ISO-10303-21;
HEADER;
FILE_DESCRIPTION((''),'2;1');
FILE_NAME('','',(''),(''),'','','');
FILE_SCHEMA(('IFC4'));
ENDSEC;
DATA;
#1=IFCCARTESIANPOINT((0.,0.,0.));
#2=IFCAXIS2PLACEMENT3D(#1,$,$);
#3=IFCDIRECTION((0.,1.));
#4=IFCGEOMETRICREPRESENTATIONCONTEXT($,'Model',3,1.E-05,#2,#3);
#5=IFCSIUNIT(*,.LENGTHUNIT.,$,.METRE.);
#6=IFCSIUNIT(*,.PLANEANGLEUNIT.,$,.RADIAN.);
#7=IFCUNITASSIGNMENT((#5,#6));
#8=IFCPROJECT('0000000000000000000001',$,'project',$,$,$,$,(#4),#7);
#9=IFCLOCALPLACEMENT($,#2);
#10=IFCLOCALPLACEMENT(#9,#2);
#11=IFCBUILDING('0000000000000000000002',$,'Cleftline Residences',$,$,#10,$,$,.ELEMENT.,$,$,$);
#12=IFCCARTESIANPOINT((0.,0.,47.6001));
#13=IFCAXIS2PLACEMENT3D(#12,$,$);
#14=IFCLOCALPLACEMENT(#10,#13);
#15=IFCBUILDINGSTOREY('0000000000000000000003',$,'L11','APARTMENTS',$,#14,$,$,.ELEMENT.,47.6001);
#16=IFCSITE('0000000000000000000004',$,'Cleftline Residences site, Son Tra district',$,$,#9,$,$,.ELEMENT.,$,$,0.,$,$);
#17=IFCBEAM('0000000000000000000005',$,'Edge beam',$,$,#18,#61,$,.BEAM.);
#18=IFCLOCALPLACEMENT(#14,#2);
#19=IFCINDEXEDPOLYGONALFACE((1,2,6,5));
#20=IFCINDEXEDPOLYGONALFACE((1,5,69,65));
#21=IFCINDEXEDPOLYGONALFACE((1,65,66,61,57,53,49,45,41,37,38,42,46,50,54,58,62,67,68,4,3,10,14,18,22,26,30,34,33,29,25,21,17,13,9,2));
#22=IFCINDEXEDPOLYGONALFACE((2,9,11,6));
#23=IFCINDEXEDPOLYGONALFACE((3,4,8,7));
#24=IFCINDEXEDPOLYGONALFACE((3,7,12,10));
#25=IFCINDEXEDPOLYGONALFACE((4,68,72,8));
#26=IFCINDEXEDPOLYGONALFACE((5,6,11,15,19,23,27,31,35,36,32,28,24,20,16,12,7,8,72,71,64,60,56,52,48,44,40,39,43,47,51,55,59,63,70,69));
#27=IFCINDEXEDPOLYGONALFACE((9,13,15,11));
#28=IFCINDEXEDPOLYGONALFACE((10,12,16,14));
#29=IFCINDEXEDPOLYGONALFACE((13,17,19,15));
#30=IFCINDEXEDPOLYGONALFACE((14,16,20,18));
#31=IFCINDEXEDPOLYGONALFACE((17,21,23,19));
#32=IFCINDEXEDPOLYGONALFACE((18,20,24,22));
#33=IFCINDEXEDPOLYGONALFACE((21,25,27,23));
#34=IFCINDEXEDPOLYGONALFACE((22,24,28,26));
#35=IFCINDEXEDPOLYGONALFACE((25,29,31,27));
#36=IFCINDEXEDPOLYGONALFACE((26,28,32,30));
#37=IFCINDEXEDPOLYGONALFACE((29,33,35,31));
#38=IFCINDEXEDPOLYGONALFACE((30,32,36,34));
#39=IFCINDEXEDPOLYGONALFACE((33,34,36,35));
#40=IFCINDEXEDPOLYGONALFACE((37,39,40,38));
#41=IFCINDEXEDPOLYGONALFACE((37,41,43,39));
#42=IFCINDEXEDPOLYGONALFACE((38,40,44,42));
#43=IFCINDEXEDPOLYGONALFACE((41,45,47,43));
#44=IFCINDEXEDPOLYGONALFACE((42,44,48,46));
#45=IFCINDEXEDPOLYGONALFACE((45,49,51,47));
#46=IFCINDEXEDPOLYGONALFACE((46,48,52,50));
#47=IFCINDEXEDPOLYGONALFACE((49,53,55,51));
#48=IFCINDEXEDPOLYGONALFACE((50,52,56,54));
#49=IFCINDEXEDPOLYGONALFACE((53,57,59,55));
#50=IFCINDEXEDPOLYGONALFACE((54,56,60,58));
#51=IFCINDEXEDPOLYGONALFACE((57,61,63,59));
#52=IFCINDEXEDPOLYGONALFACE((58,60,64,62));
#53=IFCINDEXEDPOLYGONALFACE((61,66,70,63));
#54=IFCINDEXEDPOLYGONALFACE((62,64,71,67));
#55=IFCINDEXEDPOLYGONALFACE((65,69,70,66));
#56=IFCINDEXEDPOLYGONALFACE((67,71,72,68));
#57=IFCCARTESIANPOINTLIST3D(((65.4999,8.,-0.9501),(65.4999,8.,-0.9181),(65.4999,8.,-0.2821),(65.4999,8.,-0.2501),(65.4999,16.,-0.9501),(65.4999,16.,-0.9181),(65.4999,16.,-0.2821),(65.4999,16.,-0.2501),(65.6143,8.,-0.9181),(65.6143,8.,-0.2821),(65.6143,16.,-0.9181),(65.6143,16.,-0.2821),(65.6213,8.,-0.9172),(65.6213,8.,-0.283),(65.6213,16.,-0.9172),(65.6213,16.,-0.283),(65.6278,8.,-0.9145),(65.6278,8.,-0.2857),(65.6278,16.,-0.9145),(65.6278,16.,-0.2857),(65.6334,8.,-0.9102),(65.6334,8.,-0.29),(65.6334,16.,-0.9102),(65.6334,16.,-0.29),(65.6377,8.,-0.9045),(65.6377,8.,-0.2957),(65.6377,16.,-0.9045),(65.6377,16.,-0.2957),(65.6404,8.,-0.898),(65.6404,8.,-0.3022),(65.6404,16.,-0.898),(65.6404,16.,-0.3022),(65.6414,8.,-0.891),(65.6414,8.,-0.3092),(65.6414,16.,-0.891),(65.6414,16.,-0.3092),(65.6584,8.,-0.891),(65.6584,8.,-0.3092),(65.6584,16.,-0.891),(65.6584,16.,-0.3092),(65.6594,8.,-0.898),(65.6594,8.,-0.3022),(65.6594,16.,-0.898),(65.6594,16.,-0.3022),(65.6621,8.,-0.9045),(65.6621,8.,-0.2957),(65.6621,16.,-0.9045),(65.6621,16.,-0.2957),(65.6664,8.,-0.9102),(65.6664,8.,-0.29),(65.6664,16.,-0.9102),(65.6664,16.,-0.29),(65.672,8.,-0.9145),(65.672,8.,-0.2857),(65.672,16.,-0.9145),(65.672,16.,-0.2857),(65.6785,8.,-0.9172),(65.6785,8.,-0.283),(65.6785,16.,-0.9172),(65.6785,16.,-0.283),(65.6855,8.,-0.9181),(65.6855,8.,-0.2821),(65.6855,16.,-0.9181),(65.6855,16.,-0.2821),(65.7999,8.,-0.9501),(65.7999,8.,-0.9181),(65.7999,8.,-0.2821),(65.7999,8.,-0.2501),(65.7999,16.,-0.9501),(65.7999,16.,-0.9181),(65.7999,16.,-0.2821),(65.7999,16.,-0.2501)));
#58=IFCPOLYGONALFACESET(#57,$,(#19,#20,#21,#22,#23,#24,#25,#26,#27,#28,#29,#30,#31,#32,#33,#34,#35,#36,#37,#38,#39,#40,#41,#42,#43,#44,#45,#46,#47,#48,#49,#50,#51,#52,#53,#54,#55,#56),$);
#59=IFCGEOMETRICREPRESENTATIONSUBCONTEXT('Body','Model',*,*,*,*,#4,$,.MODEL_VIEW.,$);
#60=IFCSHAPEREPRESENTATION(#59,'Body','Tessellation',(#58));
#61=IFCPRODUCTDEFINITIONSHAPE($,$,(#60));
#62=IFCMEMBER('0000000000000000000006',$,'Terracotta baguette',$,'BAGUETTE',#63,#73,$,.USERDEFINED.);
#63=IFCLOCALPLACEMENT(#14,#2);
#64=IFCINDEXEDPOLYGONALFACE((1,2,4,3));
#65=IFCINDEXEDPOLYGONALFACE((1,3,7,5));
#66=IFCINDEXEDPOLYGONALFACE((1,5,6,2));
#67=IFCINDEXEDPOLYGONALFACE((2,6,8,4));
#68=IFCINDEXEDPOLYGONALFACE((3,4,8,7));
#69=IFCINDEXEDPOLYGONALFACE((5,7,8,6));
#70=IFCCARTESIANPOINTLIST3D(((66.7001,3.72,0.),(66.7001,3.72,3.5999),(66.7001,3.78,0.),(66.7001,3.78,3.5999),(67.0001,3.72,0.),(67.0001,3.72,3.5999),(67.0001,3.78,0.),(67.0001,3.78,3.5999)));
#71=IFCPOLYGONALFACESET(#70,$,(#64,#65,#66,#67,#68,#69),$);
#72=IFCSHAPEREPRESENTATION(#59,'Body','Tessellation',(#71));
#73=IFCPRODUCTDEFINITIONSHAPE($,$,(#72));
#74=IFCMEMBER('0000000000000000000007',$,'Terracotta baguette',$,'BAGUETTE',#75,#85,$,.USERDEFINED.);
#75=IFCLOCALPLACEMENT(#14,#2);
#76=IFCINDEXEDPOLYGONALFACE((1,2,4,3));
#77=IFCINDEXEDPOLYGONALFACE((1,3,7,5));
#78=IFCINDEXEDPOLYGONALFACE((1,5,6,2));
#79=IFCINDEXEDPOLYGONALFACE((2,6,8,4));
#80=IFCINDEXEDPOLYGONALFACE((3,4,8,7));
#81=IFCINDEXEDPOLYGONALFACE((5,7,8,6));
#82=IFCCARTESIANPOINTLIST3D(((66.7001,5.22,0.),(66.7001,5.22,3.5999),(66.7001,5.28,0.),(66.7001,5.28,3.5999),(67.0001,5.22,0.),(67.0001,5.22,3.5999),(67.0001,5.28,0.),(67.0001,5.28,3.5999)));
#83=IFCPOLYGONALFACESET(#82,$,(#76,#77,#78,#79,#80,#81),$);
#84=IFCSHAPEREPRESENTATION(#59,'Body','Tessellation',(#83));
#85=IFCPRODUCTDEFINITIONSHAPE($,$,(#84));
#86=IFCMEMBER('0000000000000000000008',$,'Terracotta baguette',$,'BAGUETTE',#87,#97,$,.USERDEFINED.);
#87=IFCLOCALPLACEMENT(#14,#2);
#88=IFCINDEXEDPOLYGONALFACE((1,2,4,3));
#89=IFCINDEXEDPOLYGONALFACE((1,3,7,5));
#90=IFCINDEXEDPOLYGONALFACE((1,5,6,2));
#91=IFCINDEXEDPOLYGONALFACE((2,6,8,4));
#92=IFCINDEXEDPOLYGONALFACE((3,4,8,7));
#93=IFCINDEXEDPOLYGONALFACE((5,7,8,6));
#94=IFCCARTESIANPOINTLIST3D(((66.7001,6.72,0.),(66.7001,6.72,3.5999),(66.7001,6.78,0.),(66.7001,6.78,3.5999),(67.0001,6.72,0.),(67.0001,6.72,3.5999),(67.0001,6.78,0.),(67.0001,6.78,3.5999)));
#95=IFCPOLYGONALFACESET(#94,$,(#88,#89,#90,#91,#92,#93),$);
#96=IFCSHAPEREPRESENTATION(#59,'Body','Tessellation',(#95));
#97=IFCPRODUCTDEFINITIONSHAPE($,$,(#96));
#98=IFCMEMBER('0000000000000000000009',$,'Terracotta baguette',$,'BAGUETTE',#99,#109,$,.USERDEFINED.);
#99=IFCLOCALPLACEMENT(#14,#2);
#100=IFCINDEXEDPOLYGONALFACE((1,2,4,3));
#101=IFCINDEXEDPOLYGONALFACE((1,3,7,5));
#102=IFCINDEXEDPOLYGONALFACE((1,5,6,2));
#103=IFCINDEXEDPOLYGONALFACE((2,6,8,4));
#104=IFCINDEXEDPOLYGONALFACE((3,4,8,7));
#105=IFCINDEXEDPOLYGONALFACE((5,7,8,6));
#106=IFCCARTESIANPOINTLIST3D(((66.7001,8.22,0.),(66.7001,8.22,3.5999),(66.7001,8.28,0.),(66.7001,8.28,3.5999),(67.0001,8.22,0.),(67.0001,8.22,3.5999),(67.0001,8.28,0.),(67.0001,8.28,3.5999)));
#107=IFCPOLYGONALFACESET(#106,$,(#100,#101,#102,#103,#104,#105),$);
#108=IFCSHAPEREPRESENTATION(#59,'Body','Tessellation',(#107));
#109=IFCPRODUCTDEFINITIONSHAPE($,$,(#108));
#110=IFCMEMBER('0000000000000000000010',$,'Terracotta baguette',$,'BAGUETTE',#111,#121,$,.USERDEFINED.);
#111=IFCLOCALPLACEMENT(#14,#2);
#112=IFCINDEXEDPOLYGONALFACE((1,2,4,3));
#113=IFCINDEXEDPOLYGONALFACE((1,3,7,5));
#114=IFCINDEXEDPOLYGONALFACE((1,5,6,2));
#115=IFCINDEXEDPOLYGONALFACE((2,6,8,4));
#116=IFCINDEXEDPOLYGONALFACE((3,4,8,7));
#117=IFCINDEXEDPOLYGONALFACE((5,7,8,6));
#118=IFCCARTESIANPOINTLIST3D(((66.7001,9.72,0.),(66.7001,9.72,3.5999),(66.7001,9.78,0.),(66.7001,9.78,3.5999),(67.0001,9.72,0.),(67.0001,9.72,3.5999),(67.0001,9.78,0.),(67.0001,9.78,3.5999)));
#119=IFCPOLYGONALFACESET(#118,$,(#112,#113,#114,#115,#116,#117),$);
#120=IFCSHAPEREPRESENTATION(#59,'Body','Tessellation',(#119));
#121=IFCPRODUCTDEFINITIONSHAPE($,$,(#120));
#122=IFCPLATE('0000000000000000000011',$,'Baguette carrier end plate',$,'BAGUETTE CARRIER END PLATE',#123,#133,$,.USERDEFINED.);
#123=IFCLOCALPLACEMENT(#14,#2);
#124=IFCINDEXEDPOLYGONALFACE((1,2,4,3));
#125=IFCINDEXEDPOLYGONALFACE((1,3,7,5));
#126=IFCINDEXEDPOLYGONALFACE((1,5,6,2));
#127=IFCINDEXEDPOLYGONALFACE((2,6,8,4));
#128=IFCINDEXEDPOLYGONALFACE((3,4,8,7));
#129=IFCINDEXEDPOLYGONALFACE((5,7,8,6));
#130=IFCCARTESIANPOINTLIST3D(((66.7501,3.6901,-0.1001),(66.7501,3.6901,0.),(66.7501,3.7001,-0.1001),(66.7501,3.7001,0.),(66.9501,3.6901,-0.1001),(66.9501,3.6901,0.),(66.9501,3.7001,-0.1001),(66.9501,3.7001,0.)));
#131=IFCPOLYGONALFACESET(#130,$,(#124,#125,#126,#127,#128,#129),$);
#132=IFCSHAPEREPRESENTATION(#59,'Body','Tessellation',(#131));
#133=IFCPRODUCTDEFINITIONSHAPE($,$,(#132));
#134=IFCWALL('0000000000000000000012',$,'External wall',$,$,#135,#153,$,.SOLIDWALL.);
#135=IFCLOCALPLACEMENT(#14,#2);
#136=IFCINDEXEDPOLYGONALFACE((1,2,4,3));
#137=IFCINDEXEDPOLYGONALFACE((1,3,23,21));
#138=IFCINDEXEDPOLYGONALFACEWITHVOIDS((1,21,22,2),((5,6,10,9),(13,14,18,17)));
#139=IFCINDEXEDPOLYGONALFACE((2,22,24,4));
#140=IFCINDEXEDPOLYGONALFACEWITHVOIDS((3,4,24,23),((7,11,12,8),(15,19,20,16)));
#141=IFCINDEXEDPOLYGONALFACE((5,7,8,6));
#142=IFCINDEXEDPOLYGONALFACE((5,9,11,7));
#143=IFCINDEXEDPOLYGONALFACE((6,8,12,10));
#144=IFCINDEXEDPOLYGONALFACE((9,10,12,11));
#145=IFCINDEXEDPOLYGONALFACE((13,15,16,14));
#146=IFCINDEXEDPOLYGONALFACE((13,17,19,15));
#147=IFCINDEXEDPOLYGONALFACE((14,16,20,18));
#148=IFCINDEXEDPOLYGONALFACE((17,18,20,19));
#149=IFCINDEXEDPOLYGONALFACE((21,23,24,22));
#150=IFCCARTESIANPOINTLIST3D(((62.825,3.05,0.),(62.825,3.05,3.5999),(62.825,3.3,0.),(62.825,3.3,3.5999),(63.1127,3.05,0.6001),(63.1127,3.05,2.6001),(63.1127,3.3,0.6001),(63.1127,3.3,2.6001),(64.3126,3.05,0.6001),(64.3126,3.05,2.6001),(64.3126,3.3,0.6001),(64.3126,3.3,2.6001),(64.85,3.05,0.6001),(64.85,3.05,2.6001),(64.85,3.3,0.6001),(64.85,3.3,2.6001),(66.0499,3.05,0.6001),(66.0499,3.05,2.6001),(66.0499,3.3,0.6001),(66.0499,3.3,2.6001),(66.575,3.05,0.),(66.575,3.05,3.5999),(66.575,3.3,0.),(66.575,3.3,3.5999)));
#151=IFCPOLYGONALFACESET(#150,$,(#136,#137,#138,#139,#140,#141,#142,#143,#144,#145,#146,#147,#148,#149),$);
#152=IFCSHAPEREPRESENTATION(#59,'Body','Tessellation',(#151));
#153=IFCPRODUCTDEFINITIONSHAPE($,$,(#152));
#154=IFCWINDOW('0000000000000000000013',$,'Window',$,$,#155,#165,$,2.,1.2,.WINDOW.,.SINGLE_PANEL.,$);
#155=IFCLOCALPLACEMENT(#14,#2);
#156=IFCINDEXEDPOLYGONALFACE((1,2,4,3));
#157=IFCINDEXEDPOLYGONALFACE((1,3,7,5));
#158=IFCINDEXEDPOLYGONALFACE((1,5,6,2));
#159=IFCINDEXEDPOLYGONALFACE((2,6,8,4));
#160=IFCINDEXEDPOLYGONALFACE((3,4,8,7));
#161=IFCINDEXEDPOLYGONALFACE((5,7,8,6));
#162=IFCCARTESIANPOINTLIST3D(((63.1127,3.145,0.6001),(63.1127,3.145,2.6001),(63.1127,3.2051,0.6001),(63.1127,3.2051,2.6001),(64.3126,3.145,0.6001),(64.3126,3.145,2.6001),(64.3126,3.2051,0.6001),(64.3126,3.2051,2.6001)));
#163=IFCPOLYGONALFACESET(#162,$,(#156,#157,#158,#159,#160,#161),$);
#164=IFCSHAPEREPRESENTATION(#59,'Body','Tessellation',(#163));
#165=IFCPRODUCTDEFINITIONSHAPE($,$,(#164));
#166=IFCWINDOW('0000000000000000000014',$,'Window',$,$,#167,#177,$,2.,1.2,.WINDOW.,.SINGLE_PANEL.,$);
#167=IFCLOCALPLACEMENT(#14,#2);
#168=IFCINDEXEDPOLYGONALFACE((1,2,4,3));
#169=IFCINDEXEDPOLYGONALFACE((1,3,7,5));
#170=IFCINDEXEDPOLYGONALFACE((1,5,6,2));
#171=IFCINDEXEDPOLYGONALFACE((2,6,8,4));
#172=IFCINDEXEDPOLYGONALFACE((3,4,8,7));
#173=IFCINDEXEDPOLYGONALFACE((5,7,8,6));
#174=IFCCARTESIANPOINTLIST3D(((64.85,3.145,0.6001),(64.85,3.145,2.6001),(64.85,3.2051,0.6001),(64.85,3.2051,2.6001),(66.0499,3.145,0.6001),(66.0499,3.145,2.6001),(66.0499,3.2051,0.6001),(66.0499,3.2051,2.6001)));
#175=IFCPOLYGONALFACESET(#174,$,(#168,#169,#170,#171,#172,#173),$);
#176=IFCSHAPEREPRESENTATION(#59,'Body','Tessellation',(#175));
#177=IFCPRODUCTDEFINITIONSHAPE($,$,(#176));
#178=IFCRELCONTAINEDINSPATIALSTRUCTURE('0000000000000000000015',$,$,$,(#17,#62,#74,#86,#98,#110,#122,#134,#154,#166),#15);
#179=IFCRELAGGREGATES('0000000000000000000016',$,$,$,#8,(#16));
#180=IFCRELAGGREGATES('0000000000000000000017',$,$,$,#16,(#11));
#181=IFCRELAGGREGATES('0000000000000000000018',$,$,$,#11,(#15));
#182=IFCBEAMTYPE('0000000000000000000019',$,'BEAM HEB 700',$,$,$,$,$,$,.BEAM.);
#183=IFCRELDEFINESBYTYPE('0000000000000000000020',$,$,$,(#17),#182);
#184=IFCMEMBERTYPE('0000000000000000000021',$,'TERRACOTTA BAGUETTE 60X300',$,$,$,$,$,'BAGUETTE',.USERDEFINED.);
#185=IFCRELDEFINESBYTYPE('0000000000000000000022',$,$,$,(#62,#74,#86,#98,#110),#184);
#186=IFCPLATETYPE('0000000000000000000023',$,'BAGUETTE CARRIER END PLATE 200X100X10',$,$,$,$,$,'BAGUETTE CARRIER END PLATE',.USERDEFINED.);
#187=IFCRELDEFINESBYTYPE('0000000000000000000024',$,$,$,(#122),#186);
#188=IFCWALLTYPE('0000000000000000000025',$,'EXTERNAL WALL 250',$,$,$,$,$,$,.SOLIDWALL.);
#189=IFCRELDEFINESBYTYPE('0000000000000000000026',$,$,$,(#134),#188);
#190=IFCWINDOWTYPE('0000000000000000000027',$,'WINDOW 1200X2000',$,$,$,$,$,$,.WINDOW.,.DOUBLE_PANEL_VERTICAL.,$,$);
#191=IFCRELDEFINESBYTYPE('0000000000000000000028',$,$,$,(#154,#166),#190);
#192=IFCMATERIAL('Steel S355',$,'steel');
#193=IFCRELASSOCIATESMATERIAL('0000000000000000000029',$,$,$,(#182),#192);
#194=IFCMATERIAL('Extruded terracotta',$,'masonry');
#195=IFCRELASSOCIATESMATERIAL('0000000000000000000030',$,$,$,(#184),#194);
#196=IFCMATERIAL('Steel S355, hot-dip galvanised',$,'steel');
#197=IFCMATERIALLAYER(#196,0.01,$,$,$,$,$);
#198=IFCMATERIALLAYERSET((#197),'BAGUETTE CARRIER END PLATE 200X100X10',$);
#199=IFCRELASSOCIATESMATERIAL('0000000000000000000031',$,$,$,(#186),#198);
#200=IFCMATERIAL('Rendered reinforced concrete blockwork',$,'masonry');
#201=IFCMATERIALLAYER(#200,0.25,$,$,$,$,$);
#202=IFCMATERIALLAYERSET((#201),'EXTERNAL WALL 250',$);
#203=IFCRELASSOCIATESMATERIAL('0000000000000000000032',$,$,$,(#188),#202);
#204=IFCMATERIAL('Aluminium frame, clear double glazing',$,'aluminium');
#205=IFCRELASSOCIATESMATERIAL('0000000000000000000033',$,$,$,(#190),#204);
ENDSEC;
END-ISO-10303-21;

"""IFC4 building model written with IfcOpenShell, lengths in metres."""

from ifc_helpers import new_model, si_unit, direction, frame, frame_2d, origin, origin_2d, place, context, subcontext, project, spatial, rectangle, i_section, extrude, material, layer, layer_set, material_profile, profile_set, type_object, element, fill, save


model = new_model("IFC4")

# Units and contexts
model_context = context("Model", 3, precision=1e-05, world=origin(), true_north=direction((0.0, 1.0)))
body_context = subcontext(model_context, "Body", "Model", "MODEL_VIEW")
ifc_project = project(units=[si_unit("LENGTHUNIT", "METRE"), si_unit("PLANEANGLEUNIT", "RADIAN")], contexts=[model_context])

# Site, building, storey
site_placement = place(None, origin())
site = spatial("IfcSite", under=ifc_project, at=site_placement, Name="Cleftline Residences site, Son Tra district", CompositionType="ELEMENT", RefElevation=0.0)
building_placement = place(site_placement, origin())
building = spatial("IfcBuilding", under=site, at=building_placement, Name="Cleftline Residences", CompositionType="ELEMENT")
storey_placement = place(building_placement, frame((0.0, 0.0, 47.6001)))
storey = spatial("IfcBuildingStorey", under=building, at=storey_placement, Name="L11", Description="APARTMENTS", CompositionType="ELEMENT", Elevation=47.6001)

# Beam
ifc_material_1 = material(Name="Steel S355", Category="steel")
ifc_material_profile_1 = material_profile(ifc_material_1, i_section(OverallWidth=0.3, OverallDepth=0.7, WebThickness=0.0171, FlangeThickness=0.032, FilletRadius=0.0271, at=origin_2d()))
ifc_profile_set_1 = profile_set([ifc_material_profile_1], Name="Steel S355")
beam_type = type_object("IfcBeamType", Name="BEAM HEB 700", PredefinedType="BEAM", material=ifc_profile_set_1)
beam_placement = place(storey_placement, frame((65.6499, 8.0, -0.6001), z_axis=(0.0, 1.0, 0.0), x_axis=(-1.0, 0.0, 0.0)))
element("IfcBeam", 1, at=beam_placement, inside=storey, type_object=beam_type, Name="Edge beam", PredefinedType="BEAM", context=body_context, shape_type="SweptSolid", body=[
    extrude(i_section(OverallWidth=0.3, OverallDepth=0.7, WebThickness=0.0171, FlangeThickness=0.032, FilletRadius=0.0271, at=origin_2d()), origin(), (0.0, 0.0, 1.0), 8.0),
])

# Members
ifc_material_2 = material(Name="Extruded terracotta", Category="masonry")
ifc_material_profile_2 = material_profile(ifc_material_2, rectangle(XDim=0.0601, YDim=0.3, at=origin_2d()))
ifc_profile_set_2 = profile_set([ifc_material_profile_2], Name="Extruded terracotta")
member_type_1 = type_object("IfcMemberType", Name="TERRACOTTA BAGUETTE 60X300", ElementType="BAGUETTE", PredefinedType="USERDEFINED", material=ifc_profile_set_2)
for number, where, z_axis, x_axis, name in (
    (2, (66.8501, 3.75, 0.0), (0.0, 0.0, 1.0), (0.0, 1.0, 0.0), "Terracotta baguette"),
    (3, (66.8501, 5.25, 0.0), (0.0, 0.0, 1.0), (0.0, 1.0, 0.0), "Terracotta baguette"),
    (4, (66.8501, 6.75, 0.0), (0.0, 0.0, 1.0), (0.0, 1.0, 0.0), "Terracotta baguette"),
    (5, (66.8501, 8.25, 0.0), (0.0, 0.0, 1.0), (0.0, 1.0, 0.0), "Terracotta baguette"),
    (6, (66.8501, 9.75, 0.0), (0.0, 0.0, 1.0), (0.0, 1.0, 0.0), "Terracotta baguette"),
):
    element("IfcMember", number, at=place(storey_placement, frame(where, z_axis=z_axis, x_axis=x_axis)), inside=storey, type_object=member_type_1, Name=name, ObjectType="BAGUETTE", PredefinedType="USERDEFINED", context=body_context, shape_type="SweptSolid", body=[
        extrude(rectangle(XDim=0.0601, YDim=0.3, at=origin_2d()), origin(), (0.0, 0.0, 1.0), 3.5999),
    ])

# Plate
ifc_material_3 = material(Name="Steel S355, hot-dip galvanised", Category="steel")
ifc_layer_1 = layer(ifc_material_3, 0.01)
ifc_layer_set_1 = layer_set([ifc_layer_1], Name="BAGUETTE CARRIER END PLATE 200X100X10")
plate_type = type_object("IfcPlateType", Name="BAGUETTE CARRIER END PLATE 200X100X10", ElementType="BAGUETTE CARRIER END PLATE", PredefinedType="USERDEFINED", material=ifc_layer_set_1)
plate_placement = place(storey_placement, frame((66.8501, 3.6951, -0.1001), z_axis=(0.0, 0.0, 1.0), x_axis=(1.0, 0.0, 0.0)))
element("IfcPlate", 7, at=plate_placement, inside=storey, type_object=plate_type, Name="Baguette carrier end plate", ObjectType="BAGUETTE CARRIER END PLATE", PredefinedType="USERDEFINED", context=body_context, shape_type="SweptSolid", body=[
    extrude(rectangle(XDim=0.2, YDim=0.01, at=origin_2d()), origin(), (0.0, 0.0, 1.0), 0.1001),
])

# Wall, openings, windows
ifc_material_4 = material(Name="Rendered reinforced concrete blockwork", Category="masonry")
ifc_layer_2 = layer(ifc_material_4, 0.25)
ifc_layer_set_2 = layer_set([ifc_layer_2], Name="EXTERNAL WALL 250")
wall_type_1 = type_object("IfcWallType", Name="EXTERNAL WALL 250", PredefinedType="SOLIDWALL", material=ifc_layer_set_2)
wall_1_placement = place(storey_placement, frame((62.825, 3.175, 0.0), z_axis=(0.0, 0.0, 1.0), x_axis=(1.0, 0.0, 0.0)))
wall_1 = element("IfcWall", 8, at=wall_1_placement, inside=storey, type_object=wall_type_1, Name="External wall", PredefinedType="SOLIDWALL", context=body_context, shape_type="SweptSolid", body=[
    extrude(rectangle(XDim=3.75, YDim=0.25, at=frame_2d((1.875, 0.0))), origin(), (0.0, 0.0, 1.0), 3.5999),
])
opening_1_placement = place(wall_1_placement, frame((0.2876, 0.0, 0.6001)))
opening_1 = element("IfcOpeningElement", 9, at=opening_1_placement, cuts=wall_1, PredefinedType="OPENING", context=body_context, shape_type="SweptSolid", body=[
    extrude(rectangle(XDim=1.2, YDim=2.0, at=frame_2d((0.6001, 1.0))), frame((0.0, 0.135, 0.0), z_axis=(0.0, -1.0, 0.0), x_axis=(1.0, 0.0, 0.0)), (0.0, 0.0, 1.0), 0.27),
])
opening_2_placement = place(wall_1_placement, frame((2.0249, 0.0, 0.6001)))
opening_2 = element("IfcOpeningElement", 10, at=opening_2_placement, cuts=wall_1, PredefinedType="OPENING", context=body_context, shape_type="SweptSolid", body=[
    extrude(rectangle(XDim=1.2, YDim=2.0, at=frame_2d((0.6001, 1.0))), frame((0.0, 0.135, 0.0), z_axis=(0.0, -1.0, 0.0), x_axis=(1.0, 0.0, 0.0)), (0.0, 0.0, 1.0), 0.27),
])
ifc_material_5 = material(Name="Aluminium frame, clear double glazing", Category="aluminium")
window_type_1 = type_object("IfcWindowType", Name="WINDOW 1200X2000", PartitioningType="DOUBLE_PANEL_VERTICAL", PredefinedType="WINDOW", material=ifc_material_5)
window_1_placement = place(opening_1_placement, origin())
window_1 = element("IfcWindow", 11, at=window_1_placement, inside=storey, type_object=window_type_1, Name="Window", OverallHeight=2.0, OverallWidth=1.2, PartitioningType="SINGLE_PANEL", PredefinedType="WINDOW", context=body_context, shape_type="SweptSolid", body=[
    extrude(rectangle(XDim=1.2, YDim=2.0, at=frame_2d((0.6001, 1.0))), frame((0.0, 0.03, 0.0), z_axis=(0.0, -1.0, 0.0), x_axis=(1.0, 0.0, 0.0)), (0.0, 0.0, 1.0), 0.0601),
])
fill(opening_1, window_1)
window_2_placement = place(opening_2_placement, origin())
window_2 = element("IfcWindow", 12, at=window_2_placement, inside=storey, type_object=window_type_1, Name="Window", OverallHeight=2.0, OverallWidth=1.2, PartitioningType="SINGLE_PANEL", PredefinedType="WINDOW", context=body_context, shape_type="SweptSolid", body=[
    extrude(rectangle(XDim=1.2, YDim=2.0, at=frame_2d((0.6001, 1.0))), frame((0.0, 0.03, 0.0), z_axis=(0.0, -1.0, 0.0), x_axis=(1.0, 0.0, 0.0)), (0.0, 0.0, 1.0), 0.0601),
])
fill(opening_2, window_2)

save(model, "model.ifc")
